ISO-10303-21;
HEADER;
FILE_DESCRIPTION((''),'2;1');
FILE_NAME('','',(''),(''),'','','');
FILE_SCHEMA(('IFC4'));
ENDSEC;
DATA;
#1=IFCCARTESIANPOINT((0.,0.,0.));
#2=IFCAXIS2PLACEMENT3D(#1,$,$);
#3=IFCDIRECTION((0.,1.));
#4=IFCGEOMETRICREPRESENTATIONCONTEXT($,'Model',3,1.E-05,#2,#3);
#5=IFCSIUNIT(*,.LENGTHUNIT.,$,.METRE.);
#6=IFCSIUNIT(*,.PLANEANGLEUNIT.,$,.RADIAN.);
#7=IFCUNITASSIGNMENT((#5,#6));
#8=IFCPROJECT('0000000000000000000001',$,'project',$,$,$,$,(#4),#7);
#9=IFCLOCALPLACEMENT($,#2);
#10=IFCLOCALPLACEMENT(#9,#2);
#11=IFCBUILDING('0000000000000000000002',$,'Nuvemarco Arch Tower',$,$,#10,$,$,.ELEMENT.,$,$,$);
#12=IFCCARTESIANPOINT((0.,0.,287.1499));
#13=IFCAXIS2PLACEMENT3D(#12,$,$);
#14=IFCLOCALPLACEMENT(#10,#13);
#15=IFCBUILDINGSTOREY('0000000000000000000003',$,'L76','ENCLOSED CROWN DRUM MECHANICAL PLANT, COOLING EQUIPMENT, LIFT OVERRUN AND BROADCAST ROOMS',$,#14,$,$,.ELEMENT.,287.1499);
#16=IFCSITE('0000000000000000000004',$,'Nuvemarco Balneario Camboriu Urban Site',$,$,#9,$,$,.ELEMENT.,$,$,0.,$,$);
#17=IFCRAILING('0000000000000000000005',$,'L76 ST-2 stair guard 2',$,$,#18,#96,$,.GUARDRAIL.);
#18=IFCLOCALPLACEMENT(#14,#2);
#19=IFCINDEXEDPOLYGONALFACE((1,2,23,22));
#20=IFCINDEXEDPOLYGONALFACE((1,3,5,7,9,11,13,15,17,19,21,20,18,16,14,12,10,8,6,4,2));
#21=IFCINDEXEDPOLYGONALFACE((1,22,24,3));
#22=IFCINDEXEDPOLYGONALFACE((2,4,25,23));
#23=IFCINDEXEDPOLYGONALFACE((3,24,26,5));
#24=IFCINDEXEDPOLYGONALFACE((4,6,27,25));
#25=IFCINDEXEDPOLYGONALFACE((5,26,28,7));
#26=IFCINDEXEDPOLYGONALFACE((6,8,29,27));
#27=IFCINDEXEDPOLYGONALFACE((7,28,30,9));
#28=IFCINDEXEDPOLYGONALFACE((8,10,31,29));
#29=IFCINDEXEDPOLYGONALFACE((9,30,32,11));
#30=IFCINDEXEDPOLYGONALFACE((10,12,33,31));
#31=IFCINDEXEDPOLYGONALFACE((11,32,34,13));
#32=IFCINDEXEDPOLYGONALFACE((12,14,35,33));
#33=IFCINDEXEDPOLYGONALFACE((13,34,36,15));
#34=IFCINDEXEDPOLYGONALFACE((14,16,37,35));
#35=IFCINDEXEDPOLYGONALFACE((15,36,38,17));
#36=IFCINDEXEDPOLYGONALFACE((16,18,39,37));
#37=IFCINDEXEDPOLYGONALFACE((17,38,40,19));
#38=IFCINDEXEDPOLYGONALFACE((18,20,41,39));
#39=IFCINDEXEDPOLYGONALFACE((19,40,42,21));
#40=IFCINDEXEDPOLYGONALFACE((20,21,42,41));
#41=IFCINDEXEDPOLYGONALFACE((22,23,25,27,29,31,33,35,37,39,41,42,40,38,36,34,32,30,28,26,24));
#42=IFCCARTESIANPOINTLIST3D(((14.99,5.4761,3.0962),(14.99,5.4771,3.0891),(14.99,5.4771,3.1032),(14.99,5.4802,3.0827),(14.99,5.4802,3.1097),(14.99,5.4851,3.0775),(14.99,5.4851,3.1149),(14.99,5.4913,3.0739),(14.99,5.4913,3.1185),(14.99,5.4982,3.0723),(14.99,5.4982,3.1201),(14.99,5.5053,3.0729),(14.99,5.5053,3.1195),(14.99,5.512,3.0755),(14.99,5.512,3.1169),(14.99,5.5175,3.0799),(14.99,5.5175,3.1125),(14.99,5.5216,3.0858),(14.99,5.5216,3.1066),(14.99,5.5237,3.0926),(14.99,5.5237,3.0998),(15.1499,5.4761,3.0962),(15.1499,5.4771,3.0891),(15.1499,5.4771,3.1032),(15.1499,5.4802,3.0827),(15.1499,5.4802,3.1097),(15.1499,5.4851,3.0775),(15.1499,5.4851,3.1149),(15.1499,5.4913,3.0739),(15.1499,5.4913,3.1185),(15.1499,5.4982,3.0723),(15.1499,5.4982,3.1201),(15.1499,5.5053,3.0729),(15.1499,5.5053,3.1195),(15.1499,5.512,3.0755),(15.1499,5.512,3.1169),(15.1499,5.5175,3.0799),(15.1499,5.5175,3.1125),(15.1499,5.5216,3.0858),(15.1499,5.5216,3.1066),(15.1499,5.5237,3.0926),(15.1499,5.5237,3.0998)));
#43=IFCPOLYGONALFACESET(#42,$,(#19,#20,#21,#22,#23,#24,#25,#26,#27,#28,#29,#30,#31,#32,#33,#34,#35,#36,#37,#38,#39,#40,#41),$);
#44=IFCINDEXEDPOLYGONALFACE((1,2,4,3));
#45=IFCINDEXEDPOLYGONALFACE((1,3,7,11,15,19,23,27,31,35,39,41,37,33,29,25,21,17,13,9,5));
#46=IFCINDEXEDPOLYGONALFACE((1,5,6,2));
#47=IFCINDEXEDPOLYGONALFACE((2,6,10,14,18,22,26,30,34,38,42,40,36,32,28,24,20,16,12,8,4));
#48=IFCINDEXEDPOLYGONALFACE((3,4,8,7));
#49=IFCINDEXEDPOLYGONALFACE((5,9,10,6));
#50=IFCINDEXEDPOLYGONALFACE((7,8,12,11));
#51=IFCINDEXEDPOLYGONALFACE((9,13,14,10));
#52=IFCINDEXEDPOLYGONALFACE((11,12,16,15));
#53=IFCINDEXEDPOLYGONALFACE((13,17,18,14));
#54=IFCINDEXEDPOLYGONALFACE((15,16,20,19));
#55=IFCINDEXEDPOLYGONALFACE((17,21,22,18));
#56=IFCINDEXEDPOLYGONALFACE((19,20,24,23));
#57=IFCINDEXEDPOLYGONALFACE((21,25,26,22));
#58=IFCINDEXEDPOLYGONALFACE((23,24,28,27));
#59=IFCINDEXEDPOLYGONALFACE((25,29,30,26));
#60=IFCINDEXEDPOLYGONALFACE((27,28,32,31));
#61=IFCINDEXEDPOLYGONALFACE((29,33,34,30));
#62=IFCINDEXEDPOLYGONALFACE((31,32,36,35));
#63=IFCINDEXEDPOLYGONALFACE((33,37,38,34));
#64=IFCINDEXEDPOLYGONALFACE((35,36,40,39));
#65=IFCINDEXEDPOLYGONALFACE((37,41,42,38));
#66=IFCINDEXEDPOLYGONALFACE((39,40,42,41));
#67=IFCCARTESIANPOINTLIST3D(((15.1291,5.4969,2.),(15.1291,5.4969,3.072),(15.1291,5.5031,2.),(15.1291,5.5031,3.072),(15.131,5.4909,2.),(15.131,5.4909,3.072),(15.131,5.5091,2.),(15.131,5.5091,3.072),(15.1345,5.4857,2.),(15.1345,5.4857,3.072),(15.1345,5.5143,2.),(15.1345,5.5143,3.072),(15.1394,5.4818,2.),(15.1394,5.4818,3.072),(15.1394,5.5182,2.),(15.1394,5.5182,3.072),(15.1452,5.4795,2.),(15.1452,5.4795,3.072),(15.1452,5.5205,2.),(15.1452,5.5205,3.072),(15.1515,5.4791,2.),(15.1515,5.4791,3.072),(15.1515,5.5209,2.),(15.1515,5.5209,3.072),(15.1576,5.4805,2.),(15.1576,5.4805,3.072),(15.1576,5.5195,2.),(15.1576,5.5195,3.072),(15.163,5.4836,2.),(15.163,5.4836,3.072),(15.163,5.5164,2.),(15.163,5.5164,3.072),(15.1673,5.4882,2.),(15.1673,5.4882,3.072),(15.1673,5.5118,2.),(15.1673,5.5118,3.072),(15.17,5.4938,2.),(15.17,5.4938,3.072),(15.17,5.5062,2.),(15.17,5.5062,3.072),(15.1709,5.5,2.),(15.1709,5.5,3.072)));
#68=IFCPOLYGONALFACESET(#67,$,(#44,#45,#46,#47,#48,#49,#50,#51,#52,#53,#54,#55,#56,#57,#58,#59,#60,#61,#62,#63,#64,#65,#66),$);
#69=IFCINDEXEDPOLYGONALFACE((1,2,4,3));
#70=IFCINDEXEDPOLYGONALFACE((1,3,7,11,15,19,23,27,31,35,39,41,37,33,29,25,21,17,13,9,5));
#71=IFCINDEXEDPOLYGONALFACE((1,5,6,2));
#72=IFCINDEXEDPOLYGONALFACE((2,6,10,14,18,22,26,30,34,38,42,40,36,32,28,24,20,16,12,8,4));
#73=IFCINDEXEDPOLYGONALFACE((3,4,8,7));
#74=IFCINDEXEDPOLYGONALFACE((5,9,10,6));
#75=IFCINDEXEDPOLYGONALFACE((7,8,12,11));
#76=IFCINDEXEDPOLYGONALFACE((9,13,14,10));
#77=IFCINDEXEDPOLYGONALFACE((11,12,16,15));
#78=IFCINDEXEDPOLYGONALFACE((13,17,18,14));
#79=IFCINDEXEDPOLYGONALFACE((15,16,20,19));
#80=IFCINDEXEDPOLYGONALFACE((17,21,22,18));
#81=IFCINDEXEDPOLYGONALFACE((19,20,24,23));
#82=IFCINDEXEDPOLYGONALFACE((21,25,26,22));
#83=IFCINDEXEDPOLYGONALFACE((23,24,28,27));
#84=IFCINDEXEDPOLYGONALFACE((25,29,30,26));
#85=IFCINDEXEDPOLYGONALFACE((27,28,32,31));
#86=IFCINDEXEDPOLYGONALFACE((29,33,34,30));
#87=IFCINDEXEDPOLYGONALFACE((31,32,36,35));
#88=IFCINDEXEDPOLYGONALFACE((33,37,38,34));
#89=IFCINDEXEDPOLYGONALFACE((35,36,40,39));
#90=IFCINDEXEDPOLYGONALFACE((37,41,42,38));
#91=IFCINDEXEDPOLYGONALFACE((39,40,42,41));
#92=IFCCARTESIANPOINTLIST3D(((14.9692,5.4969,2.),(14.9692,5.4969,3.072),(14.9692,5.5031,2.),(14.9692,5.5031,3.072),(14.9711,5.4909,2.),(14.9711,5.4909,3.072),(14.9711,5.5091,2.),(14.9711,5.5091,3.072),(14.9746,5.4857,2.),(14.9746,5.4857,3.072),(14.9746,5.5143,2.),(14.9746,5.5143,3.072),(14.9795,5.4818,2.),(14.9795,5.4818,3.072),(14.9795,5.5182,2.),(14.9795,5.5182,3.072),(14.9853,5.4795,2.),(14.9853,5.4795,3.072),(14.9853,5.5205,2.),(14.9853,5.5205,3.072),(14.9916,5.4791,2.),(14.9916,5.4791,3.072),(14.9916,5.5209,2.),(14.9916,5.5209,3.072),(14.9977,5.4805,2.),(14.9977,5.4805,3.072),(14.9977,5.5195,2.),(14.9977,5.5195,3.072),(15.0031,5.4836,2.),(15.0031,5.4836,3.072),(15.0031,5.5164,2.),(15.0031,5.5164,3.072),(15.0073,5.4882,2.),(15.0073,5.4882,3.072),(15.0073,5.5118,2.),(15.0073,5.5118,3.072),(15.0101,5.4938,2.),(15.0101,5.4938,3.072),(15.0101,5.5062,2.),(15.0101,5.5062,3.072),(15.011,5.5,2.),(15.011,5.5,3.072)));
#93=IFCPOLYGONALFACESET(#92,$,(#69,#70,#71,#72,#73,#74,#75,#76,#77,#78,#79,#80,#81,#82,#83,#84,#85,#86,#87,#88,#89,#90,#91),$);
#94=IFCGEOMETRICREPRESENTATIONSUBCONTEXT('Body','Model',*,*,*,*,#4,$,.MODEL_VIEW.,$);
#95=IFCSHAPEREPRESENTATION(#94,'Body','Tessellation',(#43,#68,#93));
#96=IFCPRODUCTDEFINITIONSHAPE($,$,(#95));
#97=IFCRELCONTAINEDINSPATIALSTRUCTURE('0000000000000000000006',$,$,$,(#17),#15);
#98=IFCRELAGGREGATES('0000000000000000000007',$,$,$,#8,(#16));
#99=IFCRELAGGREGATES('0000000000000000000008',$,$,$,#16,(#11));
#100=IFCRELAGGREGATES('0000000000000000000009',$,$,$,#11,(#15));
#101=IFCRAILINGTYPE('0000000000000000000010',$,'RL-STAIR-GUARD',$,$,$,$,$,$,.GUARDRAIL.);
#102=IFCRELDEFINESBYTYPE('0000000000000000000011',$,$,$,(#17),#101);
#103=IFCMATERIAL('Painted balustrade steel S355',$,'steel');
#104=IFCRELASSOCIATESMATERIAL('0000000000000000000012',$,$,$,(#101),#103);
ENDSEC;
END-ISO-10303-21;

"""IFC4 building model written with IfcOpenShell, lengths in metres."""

from ifc_helpers import new_model, si_unit, direction, frame, origin, origin_2d, place, context, subcontext, project, spatial, circle, extrude, material, type_object, element, save


model = new_model("IFC4")

# Units and contexts
model_context = context("Model", 3, precision=1e-05, world=origin(), true_north=direction((0.0, 1.0)))
body_context = subcontext(model_context, "Body", "Model", "MODEL_VIEW")
ifc_project = project(units=[si_unit("LENGTHUNIT", "METRE"), si_unit("PLANEANGLEUNIT", "RADIAN")], contexts=[model_context])

# Site, building, storey
site_placement = place(None, origin())
site = spatial("IfcSite", under=ifc_project, at=site_placement, Name="Nuvemarco Balneario Camboriu Urban Site", CompositionType="ELEMENT", RefElevation=0.0)
building_placement = place(site_placement, origin())
building = spatial("IfcBuilding", under=site, at=building_placement, Name="Nuvemarco Arch Tower", CompositionType="ELEMENT")
storey_placement = place(building_placement, frame((0.0, 0.0, 287.1499)))
storey = spatial("IfcBuildingStorey", under=building, at=storey_placement, Name="L76", Description="ENCLOSED CROWN DRUM MECHANICAL PLANT, COOLING EQUIPMENT, LIFT OVERRUN AND BROADCAST ROOMS", CompositionType="ELEMENT", Elevation=287.1499)

# Railing
ifc_material_1 = material(Name="Painted balustrade steel S355", Category="steel")
railing_type_1 = type_object("IfcRailingType", Name="RL-STAIR-GUARD", PredefinedType="GUARDRAIL", material=ifc_material_1)
railing_1_placement = place(storey_placement, frame((15.1499, 5.5, 2.0)))
element("IfcRailing", 1, at=railing_1_placement, inside=storey, type_object=railing_type_1, Name="L76 ST-2 stair guard 2", PredefinedType="GUARDRAIL", context=body_context, shape_type="SweptSolid", body=[
    extrude(circle(Radius=0.0239, at=origin_2d()), frame((0.0, 0.0, 1.0962), z_axis=(-1.0, 0.0, 0.0), x_axis=(0.0, -1.0, 0.0)), (0.0, 0.0, 1.0), 0.1599),
    extrude(circle(Radius=0.021, at=origin_2d()), origin(), (0.0, 0.0, 1.0), 1.072),
    extrude(circle(Radius=0.021, at=origin_2d()), frame((-0.1599, 0.0, 0.0)), (0.0, 0.0, 1.0), 1.072),
])

save(model, "model.ifc")
